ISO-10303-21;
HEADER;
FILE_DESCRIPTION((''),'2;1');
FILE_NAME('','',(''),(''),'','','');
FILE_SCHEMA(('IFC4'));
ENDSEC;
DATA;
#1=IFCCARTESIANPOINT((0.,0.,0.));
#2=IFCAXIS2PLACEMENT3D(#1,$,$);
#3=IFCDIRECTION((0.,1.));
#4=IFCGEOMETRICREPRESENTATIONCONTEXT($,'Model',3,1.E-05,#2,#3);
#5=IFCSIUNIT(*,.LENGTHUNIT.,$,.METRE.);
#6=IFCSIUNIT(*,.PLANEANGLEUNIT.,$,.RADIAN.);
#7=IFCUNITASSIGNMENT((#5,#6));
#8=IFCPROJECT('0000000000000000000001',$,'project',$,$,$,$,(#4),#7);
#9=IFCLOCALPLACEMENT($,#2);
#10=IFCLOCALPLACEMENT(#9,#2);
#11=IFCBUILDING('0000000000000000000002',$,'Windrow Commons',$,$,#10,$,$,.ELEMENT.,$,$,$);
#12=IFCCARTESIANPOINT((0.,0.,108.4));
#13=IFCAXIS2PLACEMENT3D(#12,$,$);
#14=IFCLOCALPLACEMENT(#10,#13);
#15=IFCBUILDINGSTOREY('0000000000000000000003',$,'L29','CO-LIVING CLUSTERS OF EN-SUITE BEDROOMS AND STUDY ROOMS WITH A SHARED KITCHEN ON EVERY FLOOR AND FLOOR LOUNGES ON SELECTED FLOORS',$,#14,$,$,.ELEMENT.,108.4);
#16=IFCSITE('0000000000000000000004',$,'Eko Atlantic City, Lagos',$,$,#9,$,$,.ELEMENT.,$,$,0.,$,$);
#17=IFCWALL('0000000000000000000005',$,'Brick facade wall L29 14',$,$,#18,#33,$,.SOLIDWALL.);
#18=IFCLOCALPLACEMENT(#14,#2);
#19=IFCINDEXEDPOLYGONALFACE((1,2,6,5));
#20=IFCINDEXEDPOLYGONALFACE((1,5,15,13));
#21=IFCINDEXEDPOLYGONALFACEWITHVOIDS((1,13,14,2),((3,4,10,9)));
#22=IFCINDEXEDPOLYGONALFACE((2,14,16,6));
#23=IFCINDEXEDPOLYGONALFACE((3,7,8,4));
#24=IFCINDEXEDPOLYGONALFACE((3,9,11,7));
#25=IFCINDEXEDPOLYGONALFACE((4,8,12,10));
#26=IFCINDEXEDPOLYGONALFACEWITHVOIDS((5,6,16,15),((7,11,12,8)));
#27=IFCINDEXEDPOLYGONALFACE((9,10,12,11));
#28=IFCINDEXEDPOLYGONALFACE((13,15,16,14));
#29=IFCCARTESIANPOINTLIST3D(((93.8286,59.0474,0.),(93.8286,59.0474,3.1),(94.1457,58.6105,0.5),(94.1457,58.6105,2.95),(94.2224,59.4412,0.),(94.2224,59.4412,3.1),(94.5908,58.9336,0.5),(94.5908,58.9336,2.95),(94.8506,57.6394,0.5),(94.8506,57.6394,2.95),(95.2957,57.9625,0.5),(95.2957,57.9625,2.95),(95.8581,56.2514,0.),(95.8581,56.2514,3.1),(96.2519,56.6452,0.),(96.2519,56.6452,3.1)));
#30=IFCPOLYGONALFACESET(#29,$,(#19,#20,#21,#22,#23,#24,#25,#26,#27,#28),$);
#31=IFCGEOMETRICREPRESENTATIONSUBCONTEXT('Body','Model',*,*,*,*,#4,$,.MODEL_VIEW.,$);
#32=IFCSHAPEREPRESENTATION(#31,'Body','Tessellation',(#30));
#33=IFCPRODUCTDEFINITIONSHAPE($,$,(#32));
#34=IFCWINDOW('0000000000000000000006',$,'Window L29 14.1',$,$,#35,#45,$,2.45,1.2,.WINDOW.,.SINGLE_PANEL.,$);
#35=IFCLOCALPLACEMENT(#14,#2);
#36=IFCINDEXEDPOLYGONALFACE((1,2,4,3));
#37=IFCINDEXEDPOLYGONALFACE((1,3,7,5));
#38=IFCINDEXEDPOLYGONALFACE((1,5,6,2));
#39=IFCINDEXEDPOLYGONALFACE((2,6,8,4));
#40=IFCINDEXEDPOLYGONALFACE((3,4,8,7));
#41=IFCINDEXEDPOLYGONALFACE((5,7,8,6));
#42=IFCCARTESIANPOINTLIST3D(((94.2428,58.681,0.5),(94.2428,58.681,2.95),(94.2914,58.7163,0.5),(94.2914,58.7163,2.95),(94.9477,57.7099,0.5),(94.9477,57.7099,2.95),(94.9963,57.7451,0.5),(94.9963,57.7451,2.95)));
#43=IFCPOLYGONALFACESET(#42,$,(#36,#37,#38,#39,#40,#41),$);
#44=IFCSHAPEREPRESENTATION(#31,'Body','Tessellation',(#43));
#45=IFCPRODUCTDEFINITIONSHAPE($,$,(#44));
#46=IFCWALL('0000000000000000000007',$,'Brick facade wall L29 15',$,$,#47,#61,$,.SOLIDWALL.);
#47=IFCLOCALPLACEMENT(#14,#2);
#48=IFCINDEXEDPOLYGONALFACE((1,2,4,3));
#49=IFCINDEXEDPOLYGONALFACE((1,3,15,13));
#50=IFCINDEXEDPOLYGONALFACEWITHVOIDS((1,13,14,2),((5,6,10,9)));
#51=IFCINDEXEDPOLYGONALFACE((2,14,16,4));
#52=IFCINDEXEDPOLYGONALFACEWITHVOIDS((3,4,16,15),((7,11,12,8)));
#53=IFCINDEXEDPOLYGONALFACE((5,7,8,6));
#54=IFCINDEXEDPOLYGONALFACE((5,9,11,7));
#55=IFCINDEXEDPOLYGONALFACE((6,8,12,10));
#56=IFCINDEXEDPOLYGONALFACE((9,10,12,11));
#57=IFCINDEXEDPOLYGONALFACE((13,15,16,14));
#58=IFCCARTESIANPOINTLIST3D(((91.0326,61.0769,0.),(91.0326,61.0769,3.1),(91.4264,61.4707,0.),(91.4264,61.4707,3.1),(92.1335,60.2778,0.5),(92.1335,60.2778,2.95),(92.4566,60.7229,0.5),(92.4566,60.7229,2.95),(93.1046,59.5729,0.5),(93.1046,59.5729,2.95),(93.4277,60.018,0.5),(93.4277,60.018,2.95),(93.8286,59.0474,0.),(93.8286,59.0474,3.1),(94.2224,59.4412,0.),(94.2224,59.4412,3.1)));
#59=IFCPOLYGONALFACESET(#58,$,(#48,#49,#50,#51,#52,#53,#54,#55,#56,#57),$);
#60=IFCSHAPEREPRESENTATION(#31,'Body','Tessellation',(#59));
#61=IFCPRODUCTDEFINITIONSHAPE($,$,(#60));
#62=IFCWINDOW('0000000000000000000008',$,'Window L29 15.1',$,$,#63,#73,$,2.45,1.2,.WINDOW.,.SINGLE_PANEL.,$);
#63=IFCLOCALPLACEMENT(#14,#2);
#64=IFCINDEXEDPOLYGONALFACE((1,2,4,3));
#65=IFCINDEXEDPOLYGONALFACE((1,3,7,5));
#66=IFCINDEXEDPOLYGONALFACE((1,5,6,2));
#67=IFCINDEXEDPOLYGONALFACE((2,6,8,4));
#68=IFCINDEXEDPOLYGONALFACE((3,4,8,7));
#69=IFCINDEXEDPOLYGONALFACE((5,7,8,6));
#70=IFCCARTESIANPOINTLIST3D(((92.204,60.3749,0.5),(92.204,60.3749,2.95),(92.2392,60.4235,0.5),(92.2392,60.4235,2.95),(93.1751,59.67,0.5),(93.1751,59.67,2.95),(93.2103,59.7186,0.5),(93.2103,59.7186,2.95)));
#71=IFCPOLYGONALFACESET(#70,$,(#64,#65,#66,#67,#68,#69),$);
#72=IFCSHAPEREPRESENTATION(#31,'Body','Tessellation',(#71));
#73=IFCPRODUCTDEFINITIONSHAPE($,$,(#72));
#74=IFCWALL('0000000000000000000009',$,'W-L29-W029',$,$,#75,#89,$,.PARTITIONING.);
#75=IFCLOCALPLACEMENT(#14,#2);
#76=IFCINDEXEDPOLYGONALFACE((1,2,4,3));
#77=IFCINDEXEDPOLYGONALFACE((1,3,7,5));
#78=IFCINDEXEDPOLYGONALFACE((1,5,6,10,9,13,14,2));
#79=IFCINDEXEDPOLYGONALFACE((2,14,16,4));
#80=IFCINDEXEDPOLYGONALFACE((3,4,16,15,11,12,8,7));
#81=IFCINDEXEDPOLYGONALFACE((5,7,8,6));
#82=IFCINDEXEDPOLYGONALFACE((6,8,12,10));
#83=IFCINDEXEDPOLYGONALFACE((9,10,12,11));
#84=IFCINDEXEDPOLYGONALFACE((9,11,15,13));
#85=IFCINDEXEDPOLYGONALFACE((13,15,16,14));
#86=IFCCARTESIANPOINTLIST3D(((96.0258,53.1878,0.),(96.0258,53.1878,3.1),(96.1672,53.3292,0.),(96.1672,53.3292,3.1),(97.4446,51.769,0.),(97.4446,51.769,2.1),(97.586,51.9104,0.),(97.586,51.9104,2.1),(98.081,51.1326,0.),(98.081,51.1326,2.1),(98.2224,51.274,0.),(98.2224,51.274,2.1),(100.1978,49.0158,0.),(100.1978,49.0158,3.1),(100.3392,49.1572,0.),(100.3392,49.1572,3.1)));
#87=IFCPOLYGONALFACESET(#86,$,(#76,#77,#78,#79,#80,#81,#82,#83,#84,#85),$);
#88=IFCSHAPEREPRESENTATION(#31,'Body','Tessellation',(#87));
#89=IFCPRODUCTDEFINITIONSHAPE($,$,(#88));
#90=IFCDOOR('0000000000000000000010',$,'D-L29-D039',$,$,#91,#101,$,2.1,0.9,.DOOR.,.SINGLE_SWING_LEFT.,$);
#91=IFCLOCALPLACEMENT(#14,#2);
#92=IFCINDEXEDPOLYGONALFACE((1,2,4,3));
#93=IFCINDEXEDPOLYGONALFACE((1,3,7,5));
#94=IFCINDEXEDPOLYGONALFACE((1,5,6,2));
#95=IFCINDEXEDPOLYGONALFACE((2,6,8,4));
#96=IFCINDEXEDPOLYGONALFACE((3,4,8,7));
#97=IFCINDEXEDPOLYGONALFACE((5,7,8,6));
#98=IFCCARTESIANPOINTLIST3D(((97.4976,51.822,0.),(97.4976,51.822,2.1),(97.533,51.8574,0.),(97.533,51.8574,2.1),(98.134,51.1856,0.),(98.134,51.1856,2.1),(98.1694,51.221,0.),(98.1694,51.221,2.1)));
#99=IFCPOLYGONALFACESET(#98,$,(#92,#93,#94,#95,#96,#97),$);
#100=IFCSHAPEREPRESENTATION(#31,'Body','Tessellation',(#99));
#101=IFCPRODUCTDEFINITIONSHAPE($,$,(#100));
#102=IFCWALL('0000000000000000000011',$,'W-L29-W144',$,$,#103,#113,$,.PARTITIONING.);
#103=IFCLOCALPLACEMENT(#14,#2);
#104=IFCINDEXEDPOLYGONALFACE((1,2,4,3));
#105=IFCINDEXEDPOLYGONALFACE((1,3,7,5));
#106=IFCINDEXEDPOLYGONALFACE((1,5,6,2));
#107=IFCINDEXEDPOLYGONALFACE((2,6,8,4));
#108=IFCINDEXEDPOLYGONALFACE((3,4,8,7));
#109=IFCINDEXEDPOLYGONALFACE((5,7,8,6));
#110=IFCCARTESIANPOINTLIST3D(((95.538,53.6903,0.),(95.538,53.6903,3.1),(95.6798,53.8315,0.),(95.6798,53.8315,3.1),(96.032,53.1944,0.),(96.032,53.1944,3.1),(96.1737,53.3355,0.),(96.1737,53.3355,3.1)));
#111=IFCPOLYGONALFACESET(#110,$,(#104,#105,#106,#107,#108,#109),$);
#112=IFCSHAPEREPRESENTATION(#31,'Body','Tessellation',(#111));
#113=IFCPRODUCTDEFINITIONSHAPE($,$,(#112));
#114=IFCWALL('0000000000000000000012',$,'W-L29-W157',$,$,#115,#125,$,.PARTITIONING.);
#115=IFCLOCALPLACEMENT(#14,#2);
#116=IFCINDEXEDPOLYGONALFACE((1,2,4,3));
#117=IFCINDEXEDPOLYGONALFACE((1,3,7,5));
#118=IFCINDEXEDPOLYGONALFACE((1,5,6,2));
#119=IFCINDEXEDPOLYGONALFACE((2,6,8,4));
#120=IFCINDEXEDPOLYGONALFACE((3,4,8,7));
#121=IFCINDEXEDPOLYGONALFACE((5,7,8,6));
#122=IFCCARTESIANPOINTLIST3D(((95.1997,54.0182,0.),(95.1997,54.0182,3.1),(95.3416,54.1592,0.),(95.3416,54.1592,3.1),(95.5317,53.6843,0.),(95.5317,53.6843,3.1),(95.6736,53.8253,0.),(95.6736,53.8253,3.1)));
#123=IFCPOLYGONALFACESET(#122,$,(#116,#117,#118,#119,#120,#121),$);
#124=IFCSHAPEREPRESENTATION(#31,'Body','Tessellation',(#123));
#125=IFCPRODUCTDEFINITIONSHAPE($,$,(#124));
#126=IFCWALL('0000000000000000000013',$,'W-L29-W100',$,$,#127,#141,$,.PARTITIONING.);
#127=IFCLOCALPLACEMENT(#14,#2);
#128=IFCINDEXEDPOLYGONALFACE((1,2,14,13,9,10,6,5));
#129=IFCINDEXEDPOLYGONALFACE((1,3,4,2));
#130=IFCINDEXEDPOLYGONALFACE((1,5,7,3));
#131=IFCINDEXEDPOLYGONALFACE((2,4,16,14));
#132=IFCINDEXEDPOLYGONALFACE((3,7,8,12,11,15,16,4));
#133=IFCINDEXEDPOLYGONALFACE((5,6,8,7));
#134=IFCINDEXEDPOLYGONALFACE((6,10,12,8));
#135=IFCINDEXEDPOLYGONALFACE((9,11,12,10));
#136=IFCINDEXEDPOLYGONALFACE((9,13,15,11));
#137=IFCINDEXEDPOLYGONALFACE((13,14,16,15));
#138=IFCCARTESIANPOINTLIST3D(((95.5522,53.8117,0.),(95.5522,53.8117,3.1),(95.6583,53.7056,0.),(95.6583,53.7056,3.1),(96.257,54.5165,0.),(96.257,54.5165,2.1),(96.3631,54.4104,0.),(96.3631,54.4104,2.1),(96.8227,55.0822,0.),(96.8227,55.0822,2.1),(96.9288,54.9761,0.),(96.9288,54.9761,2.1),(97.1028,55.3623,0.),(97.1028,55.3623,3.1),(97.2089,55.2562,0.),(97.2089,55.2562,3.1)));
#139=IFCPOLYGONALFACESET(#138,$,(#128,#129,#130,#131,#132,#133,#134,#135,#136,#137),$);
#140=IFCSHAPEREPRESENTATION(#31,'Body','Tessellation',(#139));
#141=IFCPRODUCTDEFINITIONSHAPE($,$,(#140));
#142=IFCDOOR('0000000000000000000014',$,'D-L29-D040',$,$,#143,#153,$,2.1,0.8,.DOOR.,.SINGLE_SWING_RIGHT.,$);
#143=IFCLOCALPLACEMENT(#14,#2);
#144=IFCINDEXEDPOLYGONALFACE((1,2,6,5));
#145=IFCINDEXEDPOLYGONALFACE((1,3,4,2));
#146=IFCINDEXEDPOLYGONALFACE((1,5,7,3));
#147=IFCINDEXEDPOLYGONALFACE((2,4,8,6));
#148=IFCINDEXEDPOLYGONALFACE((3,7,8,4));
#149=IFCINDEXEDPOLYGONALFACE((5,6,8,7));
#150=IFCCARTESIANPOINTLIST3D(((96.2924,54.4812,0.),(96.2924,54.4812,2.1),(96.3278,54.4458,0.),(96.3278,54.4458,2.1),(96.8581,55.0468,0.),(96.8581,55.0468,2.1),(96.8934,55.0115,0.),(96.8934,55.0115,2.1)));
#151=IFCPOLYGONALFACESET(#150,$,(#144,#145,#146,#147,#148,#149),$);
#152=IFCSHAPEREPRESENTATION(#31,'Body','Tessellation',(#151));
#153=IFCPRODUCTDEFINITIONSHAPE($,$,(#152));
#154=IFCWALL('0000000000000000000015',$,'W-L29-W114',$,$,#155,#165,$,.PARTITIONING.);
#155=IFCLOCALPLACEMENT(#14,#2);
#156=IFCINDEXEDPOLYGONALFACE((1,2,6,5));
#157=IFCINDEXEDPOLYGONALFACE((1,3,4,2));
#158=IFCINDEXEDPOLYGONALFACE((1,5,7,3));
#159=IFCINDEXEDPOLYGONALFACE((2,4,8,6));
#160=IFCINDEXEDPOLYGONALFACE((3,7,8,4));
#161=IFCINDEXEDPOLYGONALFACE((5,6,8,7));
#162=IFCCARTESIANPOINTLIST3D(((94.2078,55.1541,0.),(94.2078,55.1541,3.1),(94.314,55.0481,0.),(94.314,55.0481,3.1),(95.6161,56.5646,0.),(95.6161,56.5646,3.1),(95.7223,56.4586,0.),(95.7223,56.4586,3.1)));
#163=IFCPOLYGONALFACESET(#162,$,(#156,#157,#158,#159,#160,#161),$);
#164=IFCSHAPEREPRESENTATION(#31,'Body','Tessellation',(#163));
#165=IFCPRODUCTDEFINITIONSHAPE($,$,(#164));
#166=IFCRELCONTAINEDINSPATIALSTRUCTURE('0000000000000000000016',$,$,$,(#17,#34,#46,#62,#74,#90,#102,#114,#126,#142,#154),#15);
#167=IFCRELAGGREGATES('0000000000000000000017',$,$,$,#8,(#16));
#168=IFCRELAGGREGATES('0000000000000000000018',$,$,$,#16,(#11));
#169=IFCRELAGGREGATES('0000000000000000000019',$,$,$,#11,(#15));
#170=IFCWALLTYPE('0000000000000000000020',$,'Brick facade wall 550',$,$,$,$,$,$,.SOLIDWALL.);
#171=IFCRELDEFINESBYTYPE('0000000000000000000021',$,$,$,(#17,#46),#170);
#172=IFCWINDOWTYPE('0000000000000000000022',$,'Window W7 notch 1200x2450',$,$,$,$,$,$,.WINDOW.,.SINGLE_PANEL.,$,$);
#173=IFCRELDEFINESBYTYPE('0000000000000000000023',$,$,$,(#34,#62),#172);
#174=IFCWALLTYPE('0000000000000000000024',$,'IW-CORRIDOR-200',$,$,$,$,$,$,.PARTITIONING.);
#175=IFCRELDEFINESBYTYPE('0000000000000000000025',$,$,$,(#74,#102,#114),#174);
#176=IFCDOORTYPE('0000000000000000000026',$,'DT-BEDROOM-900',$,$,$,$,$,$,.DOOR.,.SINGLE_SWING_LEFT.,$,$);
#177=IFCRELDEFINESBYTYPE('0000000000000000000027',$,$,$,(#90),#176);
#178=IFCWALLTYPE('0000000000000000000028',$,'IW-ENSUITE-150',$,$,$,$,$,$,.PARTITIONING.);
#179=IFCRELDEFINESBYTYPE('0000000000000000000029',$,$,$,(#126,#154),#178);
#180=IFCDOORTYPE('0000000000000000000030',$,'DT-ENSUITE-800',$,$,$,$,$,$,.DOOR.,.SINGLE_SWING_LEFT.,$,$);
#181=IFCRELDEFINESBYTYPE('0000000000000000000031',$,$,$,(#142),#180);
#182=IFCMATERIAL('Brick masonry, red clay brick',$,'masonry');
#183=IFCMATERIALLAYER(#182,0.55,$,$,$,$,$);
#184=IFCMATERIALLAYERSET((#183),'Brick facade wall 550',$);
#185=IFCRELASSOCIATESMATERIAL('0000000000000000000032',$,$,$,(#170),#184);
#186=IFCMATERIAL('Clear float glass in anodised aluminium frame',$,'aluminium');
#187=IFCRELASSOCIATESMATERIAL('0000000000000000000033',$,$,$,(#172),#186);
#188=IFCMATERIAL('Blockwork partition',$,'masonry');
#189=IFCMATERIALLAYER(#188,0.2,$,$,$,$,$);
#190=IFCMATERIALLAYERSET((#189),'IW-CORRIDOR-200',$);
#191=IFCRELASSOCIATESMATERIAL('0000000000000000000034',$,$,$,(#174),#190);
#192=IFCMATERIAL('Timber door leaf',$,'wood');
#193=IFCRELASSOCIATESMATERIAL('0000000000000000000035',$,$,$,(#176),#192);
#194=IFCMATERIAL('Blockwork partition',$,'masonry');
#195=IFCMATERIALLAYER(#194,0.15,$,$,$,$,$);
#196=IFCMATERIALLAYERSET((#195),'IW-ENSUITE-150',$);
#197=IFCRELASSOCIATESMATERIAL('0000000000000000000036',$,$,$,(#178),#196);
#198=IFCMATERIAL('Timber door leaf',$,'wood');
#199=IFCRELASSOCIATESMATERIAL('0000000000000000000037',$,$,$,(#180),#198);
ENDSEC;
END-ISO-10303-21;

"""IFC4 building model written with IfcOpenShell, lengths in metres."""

from ifc_helpers import new_model, si_unit, direction, frame, frame_2d, origin, place, context, subcontext, project, spatial, polyline, rectangle, outline, extrude, material, layer, layer_set, type_object, element, fill, save


model = new_model("IFC4")

# Units and contexts
model_context = context("Model", 3, precision=1e-05, world=origin(), true_north=direction((0.0, 1.0)))
body_context = subcontext(model_context, "Body", "Model", "MODEL_VIEW")
ifc_project = project(units=[si_unit("LENGTHUNIT", "METRE"), si_unit("PLANEANGLEUNIT", "RADIAN")], contexts=[model_context])

# Site, building, storey
site_placement = place(None, origin())
site = spatial("IfcSite", under=ifc_project, at=site_placement, Name="Eko Atlantic City, Lagos", CompositionType="ELEMENT", RefElevation=0.0)
building_placement = place(site_placement, origin())
building = spatial("IfcBuilding", under=site, at=building_placement, Name="Windrow Commons", CompositionType="ELEMENT")
storey_placement = place(building_placement, frame((0.0, 0.0, 108.4)))
storey = spatial("IfcBuildingStorey", under=building, at=storey_placement, Name="L29", Description="CO-LIVING CLUSTERS OF EN-SUITE BEDROOMS AND STUDY ROOMS WITH A SHARED KITCHEN ON EVERY FLOOR AND FLOOR LOUNGES ON SELECTED FLOORS", CompositionType="ELEMENT", Elevation=108.4)

# Shared definitions
ifc_material_1 = material(Name="Brick masonry, red clay brick", Category="masonry")
ifc_layer_1 = layer(ifc_material_1, 0.55)
ifc_layer_set_1 = layer_set([ifc_layer_1], Name="Brick facade wall 550")
wall_type_1 = type_object("IfcWallType", Name="Brick facade wall 550", PredefinedType="SOLIDWALL", material=ifc_layer_set_1)
ifc_material_2 = material(Name="Clear float glass in anodised aluminium frame", Category="aluminium")
window_type_1 = type_object("IfcWindowType", Name="Window W7 notch 1200x2450", PartitioningType="SINGLE_PANEL", PredefinedType="WINDOW", material=ifc_material_2)

# Walls, openings, windows
wall_1_placement = place(storey_placement, frame((96.055, 56.4483, 0.0), z_axis=(0.0, 0.0, 1.0), x_axis=(-0.587423, 0.80928, 0.0)))
wall_1 = element("IfcWall", 1, at=wall_1_placement, inside=storey, type_object=wall_type_1, Name="Brick facade wall L29 14", PredefinedType="SOLIDWALL", context=body_context, shape_type="SweptSolid", body=[
    extrude(outline(polyline([(0.0437, -0.275), (3.4986, -0.275), (3.4112, 0.275), (-0.0437, 0.275), (0.0437, -0.275)])), origin(), (0.0, 0.0, 1.0), 3.1),
])
opening_1_placement = place(wall_1_placement, frame((1.6714, 0.0, 0.5)))
opening_1 = element("IfcOpeningElement", 2, at=opening_1_placement, cuts=wall_1, PredefinedType="OPENING", context=body_context, shape_type="SweptSolid", body=[
    extrude(rectangle(XDim=1.2, YDim=2.45, at=frame_2d((0.6, 1.225))), frame((0.0, 0.285, 0.0), z_axis=(0.0, -1.0, 0.0), x_axis=(1.0, 0.0, 0.0)), (0.0, 0.0, 1.0), 0.57),
])
window_1_placement = place(opening_1_placement, origin())
window_1 = element("IfcWindow", 3, at=window_1_placement, inside=storey, type_object=window_type_1, Name="Window L29 14.1", OverallHeight=2.45, OverallWidth=1.2, PartitioningType="SINGLE_PANEL", PredefinedType="WINDOW", context=body_context, shape_type="SweptSolid", body=[
    extrude(rectangle(XDim=1.2, YDim=2.45, at=frame_2d((0.6, 1.225))), frame((0.0, 0.155, 0.0), z_axis=(0.0, -1.0, 0.0), x_axis=(1.0, 0.0, 0.0)), (0.0, 0.0, 1.0), 0.06),
])
fill(opening_1, window_1)
wall_2_placement = place(storey_placement, frame((94.0255, 59.2443, 0.0), z_axis=(0.0, 0.0, 1.0), x_axis=(-0.80928, 0.587423, 0.0)))
wall_2 = element("IfcWall", 4, at=wall_2_placement, inside=storey, type_object=wall_type_1, Name="Brick facade wall L29 15", PredefinedType="SOLIDWALL", context=body_context, shape_type="SweptSolid", body=[
    extrude(outline(polyline([(-0.0437, -0.275), (3.4112, -0.275), (3.4986, 0.275), (0.0437, 0.275), (-0.0437, -0.275)])), origin(), (0.0, 0.0, 1.0), 3.1),
])
opening_2_placement = place(wall_2_placement, frame((0.9383, 0.0, 0.5)))
opening_2 = element("IfcOpeningElement", 5, at=opening_2_placement, cuts=wall_2, PredefinedType="OPENING", context=body_context, shape_type="SweptSolid", body=[
    extrude(rectangle(XDim=1.2, YDim=2.45, at=frame_2d((0.6, 1.225))), frame((0.0, 0.285, 0.0), z_axis=(0.0, -1.0, 0.0), x_axis=(1.0, 0.0, 0.0)), (0.0, 0.0, 1.0), 0.57),
])
window_2_placement = place(opening_2_placement, origin())
window_2 = element("IfcWindow", 6, at=window_2_placement, inside=storey, type_object=window_type_1, Name="Window L29 15.1", OverallHeight=2.45, OverallWidth=1.2, PartitioningType="SINGLE_PANEL", PredefinedType="WINDOW", context=body_context, shape_type="SweptSolid", body=[
    extrude(rectangle(XDim=1.2, YDim=2.45, at=frame_2d((0.6, 1.225))), frame((0.0, 0.155, 0.0), z_axis=(0.0, -1.0, 0.0), x_axis=(1.0, 0.0, 0.0)), (0.0, 0.0, 1.0), 0.06),
])
fill(opening_2, window_2)

# Wall, opening, door
ifc_material_3 = material(Name="Blockwork partition", Category="masonry")
ifc_layer_2 = layer(ifc_material_3, 0.2)
ifc_layer_set_2 = layer_set([ifc_layer_2], Name="IW-CORRIDOR-200")
wall_type_2 = type_object("IfcWallType", Name="IW-CORRIDOR-200", PredefinedType="PARTITIONING", material=ifc_layer_set_2)
wall_3_placement = place(storey_placement, frame((96.0965, 53.2585, 0.0), z_axis=(0.0, 0.0, 1.0), x_axis=(0.707107, -0.707107, 0.0)))
wall_3 = element("IfcWall", 7, at=wall_3_placement, inside=storey, type_object=wall_type_2, Name="W-L29-W029", PredefinedType="PARTITIONING", context=body_context, shape_type="SweptSolid", body=[
    extrude(rectangle(XDim=5.9001, YDim=0.2, at=frame_2d((2.9501, 0.0))), origin(), (0.0, 0.0, 1.0), 3.1),
])
opening_3_placement = place(wall_3_placement, frame((2.0065, 0.0, 0.0)))
opening_3 = element("IfcOpeningElement", 8, at=opening_3_placement, cuts=wall_3, PredefinedType="OPENING", context=body_context, shape_type="SweptSolid", body=[
    extrude(rectangle(XDim=0.9, YDim=2.1, at=frame_2d((0.45, 1.05))), frame((0.0, 0.11, 0.0), z_axis=(0.0, -1.0, 0.0), x_axis=(1.0, 0.0, 0.0)), (0.0, 0.0, 1.0), 0.22),
])
ifc_material_4 = material(Name="Timber door leaf", Category="wood")
door_type_1 = type_object("IfcDoorType", Name="DT-BEDROOM-900", OperationType="SINGLE_SWING_LEFT", PredefinedType="DOOR", material=ifc_material_4)
door_1_placement = place(opening_3_placement, origin())
door_1 = element("IfcDoor", 9, at=door_1_placement, inside=storey, type_object=door_type_1, Name="D-L29-D039", OperationType="SINGLE_SWING_LEFT", OverallHeight=2.1, OverallWidth=0.9, PredefinedType="DOOR", context=body_context, shape_type="SweptSolid", body=[
    extrude(rectangle(XDim=0.9, YDim=2.1, at=frame_2d((0.45, 1.05))), frame((0.0, 0.025, 0.0), z_axis=(0.0, -1.0, 0.0), x_axis=(1.0, 0.0, 0.0)), (0.0, 0.0, 1.0), 0.05),
])
fill(opening_3, door_1)

# Walls
wall_4_placement = place(storey_placement, frame((95.6089, 53.7609, 0.0), z_axis=(0.0, 0.0, 1.0), x_axis=(0.705677, -0.708534, 0.0)))
element("IfcWall", 10, at=wall_4_placement, inside=storey, type_object=wall_type_2, Name="W-L29-W144", PredefinedType="PARTITIONING", context=body_context, shape_type="SweptSolid", body=[
    extrude(rectangle(XDim=0.7, YDim=0.2, at=frame_2d((0.35, 0.0))), origin(), (0.0, 0.0, 1.0), 3.1),
])
wall_5_placement = place(storey_placement, frame((95.2707, 54.0887, 0.0), z_axis=(0.0, 0.0, 1.0), x_axis=(0.70498, -0.709227, 0.0)))
element("IfcWall", 11, at=wall_5_placement, inside=storey, type_object=wall_type_2, Name="W-L29-W157", PredefinedType="PARTITIONING", context=body_context, shape_type="SweptSolid", body=[
    extrude(rectangle(XDim=0.4709, YDim=0.2, at=frame_2d((0.2354, 0.0))), origin(), (0.0, 0.0, 1.0), 3.1),
])

# Wall, opening, door
ifc_material_5 = material(Name="Blockwork partition", Category="masonry")
ifc_layer_3 = layer(ifc_material_5, 0.15)
ifc_layer_set_3 = layer_set([ifc_layer_3], Name="IW-ENSUITE-150")
wall_type_3 = type_object("IfcWallType", Name="IW-ENSUITE-150", PredefinedType="PARTITIONING", material=ifc_layer_set_3)
wall_6_placement = place(storey_placement, frame((95.6053, 53.7587, 0.0), z_axis=(0.0, 0.0, 1.0), x_axis=(0.707107, 0.707107, 0.0)))
wall_6 = element("IfcWall", 12, at=wall_6_placement, inside=storey, type_object=wall_type_3, Name="W-L29-W100", PredefinedType="PARTITIONING", context=body_context, shape_type="SweptSolid", body=[
    extrude(rectangle(XDim=2.1929, YDim=0.15, at=frame_2d((1.0964, 0.0))), origin(), (0.0, 0.0, 1.0), 3.1),
])
opening_4_placement = place(wall_6_placement, frame((0.9967, 0.0, 0.0)))
opening_4 = element("IfcOpeningElement", 13, at=opening_4_placement, cuts=wall_6, PredefinedType="OPENING", context=body_context, shape_type="SweptSolid", body=[
    extrude(rectangle(XDim=0.8, YDim=2.1, at=frame_2d((0.4, 1.05))), frame((0.0, 0.085, 0.0), z_axis=(0.0, -1.0, 0.0), x_axis=(1.0, 0.0, 0.0)), (0.0, 0.0, 1.0), 0.17),
])
ifc_material_6 = material(Name="Timber door leaf", Category="wood")
door_type_2 = type_object("IfcDoorType", Name="DT-ENSUITE-800", OperationType="SINGLE_SWING_LEFT", PredefinedType="DOOR", material=ifc_material_6)
door_2_placement = place(opening_4_placement, origin())
door_2 = element("IfcDoor", 14, at=door_2_placement, inside=storey, type_object=door_type_2, Name="D-L29-D040", OperationType="SINGLE_SWING_RIGHT", OverallHeight=2.1, OverallWidth=0.8, PredefinedType="DOOR", context=body_context, shape_type="SweptSolid", body=[
    extrude(rectangle(XDim=0.8, YDim=2.1, at=frame_2d((0.4, 1.05))), frame((0.0, 0.025, 0.0), z_axis=(0.0, -1.0, 0.0), x_axis=(1.0, 0.0, 0.0)), (0.0, 0.0, 1.0), 0.05),
])
fill(opening_4, door_2)

# Wall
wall_7_placement = place(storey_placement, frame((94.2609, 55.1011, 0.0), z_axis=(0.0, 0.0, 1.0), x_axis=(0.706555, 0.707658, 0.0)))
element("IfcWall", 15, at=wall_7_placement, inside=storey, type_object=wall_type_3, Name="W-L29-W114", PredefinedType="PARTITIONING", context=body_context, shape_type="SweptSolid", body=[
    extrude(rectangle(XDim=1.9932, YDim=0.15, at=frame_2d((0.9966, 0.0))), origin(), (0.0, 0.0, 1.0), 3.1),
])

save(model, "model.ifc")
